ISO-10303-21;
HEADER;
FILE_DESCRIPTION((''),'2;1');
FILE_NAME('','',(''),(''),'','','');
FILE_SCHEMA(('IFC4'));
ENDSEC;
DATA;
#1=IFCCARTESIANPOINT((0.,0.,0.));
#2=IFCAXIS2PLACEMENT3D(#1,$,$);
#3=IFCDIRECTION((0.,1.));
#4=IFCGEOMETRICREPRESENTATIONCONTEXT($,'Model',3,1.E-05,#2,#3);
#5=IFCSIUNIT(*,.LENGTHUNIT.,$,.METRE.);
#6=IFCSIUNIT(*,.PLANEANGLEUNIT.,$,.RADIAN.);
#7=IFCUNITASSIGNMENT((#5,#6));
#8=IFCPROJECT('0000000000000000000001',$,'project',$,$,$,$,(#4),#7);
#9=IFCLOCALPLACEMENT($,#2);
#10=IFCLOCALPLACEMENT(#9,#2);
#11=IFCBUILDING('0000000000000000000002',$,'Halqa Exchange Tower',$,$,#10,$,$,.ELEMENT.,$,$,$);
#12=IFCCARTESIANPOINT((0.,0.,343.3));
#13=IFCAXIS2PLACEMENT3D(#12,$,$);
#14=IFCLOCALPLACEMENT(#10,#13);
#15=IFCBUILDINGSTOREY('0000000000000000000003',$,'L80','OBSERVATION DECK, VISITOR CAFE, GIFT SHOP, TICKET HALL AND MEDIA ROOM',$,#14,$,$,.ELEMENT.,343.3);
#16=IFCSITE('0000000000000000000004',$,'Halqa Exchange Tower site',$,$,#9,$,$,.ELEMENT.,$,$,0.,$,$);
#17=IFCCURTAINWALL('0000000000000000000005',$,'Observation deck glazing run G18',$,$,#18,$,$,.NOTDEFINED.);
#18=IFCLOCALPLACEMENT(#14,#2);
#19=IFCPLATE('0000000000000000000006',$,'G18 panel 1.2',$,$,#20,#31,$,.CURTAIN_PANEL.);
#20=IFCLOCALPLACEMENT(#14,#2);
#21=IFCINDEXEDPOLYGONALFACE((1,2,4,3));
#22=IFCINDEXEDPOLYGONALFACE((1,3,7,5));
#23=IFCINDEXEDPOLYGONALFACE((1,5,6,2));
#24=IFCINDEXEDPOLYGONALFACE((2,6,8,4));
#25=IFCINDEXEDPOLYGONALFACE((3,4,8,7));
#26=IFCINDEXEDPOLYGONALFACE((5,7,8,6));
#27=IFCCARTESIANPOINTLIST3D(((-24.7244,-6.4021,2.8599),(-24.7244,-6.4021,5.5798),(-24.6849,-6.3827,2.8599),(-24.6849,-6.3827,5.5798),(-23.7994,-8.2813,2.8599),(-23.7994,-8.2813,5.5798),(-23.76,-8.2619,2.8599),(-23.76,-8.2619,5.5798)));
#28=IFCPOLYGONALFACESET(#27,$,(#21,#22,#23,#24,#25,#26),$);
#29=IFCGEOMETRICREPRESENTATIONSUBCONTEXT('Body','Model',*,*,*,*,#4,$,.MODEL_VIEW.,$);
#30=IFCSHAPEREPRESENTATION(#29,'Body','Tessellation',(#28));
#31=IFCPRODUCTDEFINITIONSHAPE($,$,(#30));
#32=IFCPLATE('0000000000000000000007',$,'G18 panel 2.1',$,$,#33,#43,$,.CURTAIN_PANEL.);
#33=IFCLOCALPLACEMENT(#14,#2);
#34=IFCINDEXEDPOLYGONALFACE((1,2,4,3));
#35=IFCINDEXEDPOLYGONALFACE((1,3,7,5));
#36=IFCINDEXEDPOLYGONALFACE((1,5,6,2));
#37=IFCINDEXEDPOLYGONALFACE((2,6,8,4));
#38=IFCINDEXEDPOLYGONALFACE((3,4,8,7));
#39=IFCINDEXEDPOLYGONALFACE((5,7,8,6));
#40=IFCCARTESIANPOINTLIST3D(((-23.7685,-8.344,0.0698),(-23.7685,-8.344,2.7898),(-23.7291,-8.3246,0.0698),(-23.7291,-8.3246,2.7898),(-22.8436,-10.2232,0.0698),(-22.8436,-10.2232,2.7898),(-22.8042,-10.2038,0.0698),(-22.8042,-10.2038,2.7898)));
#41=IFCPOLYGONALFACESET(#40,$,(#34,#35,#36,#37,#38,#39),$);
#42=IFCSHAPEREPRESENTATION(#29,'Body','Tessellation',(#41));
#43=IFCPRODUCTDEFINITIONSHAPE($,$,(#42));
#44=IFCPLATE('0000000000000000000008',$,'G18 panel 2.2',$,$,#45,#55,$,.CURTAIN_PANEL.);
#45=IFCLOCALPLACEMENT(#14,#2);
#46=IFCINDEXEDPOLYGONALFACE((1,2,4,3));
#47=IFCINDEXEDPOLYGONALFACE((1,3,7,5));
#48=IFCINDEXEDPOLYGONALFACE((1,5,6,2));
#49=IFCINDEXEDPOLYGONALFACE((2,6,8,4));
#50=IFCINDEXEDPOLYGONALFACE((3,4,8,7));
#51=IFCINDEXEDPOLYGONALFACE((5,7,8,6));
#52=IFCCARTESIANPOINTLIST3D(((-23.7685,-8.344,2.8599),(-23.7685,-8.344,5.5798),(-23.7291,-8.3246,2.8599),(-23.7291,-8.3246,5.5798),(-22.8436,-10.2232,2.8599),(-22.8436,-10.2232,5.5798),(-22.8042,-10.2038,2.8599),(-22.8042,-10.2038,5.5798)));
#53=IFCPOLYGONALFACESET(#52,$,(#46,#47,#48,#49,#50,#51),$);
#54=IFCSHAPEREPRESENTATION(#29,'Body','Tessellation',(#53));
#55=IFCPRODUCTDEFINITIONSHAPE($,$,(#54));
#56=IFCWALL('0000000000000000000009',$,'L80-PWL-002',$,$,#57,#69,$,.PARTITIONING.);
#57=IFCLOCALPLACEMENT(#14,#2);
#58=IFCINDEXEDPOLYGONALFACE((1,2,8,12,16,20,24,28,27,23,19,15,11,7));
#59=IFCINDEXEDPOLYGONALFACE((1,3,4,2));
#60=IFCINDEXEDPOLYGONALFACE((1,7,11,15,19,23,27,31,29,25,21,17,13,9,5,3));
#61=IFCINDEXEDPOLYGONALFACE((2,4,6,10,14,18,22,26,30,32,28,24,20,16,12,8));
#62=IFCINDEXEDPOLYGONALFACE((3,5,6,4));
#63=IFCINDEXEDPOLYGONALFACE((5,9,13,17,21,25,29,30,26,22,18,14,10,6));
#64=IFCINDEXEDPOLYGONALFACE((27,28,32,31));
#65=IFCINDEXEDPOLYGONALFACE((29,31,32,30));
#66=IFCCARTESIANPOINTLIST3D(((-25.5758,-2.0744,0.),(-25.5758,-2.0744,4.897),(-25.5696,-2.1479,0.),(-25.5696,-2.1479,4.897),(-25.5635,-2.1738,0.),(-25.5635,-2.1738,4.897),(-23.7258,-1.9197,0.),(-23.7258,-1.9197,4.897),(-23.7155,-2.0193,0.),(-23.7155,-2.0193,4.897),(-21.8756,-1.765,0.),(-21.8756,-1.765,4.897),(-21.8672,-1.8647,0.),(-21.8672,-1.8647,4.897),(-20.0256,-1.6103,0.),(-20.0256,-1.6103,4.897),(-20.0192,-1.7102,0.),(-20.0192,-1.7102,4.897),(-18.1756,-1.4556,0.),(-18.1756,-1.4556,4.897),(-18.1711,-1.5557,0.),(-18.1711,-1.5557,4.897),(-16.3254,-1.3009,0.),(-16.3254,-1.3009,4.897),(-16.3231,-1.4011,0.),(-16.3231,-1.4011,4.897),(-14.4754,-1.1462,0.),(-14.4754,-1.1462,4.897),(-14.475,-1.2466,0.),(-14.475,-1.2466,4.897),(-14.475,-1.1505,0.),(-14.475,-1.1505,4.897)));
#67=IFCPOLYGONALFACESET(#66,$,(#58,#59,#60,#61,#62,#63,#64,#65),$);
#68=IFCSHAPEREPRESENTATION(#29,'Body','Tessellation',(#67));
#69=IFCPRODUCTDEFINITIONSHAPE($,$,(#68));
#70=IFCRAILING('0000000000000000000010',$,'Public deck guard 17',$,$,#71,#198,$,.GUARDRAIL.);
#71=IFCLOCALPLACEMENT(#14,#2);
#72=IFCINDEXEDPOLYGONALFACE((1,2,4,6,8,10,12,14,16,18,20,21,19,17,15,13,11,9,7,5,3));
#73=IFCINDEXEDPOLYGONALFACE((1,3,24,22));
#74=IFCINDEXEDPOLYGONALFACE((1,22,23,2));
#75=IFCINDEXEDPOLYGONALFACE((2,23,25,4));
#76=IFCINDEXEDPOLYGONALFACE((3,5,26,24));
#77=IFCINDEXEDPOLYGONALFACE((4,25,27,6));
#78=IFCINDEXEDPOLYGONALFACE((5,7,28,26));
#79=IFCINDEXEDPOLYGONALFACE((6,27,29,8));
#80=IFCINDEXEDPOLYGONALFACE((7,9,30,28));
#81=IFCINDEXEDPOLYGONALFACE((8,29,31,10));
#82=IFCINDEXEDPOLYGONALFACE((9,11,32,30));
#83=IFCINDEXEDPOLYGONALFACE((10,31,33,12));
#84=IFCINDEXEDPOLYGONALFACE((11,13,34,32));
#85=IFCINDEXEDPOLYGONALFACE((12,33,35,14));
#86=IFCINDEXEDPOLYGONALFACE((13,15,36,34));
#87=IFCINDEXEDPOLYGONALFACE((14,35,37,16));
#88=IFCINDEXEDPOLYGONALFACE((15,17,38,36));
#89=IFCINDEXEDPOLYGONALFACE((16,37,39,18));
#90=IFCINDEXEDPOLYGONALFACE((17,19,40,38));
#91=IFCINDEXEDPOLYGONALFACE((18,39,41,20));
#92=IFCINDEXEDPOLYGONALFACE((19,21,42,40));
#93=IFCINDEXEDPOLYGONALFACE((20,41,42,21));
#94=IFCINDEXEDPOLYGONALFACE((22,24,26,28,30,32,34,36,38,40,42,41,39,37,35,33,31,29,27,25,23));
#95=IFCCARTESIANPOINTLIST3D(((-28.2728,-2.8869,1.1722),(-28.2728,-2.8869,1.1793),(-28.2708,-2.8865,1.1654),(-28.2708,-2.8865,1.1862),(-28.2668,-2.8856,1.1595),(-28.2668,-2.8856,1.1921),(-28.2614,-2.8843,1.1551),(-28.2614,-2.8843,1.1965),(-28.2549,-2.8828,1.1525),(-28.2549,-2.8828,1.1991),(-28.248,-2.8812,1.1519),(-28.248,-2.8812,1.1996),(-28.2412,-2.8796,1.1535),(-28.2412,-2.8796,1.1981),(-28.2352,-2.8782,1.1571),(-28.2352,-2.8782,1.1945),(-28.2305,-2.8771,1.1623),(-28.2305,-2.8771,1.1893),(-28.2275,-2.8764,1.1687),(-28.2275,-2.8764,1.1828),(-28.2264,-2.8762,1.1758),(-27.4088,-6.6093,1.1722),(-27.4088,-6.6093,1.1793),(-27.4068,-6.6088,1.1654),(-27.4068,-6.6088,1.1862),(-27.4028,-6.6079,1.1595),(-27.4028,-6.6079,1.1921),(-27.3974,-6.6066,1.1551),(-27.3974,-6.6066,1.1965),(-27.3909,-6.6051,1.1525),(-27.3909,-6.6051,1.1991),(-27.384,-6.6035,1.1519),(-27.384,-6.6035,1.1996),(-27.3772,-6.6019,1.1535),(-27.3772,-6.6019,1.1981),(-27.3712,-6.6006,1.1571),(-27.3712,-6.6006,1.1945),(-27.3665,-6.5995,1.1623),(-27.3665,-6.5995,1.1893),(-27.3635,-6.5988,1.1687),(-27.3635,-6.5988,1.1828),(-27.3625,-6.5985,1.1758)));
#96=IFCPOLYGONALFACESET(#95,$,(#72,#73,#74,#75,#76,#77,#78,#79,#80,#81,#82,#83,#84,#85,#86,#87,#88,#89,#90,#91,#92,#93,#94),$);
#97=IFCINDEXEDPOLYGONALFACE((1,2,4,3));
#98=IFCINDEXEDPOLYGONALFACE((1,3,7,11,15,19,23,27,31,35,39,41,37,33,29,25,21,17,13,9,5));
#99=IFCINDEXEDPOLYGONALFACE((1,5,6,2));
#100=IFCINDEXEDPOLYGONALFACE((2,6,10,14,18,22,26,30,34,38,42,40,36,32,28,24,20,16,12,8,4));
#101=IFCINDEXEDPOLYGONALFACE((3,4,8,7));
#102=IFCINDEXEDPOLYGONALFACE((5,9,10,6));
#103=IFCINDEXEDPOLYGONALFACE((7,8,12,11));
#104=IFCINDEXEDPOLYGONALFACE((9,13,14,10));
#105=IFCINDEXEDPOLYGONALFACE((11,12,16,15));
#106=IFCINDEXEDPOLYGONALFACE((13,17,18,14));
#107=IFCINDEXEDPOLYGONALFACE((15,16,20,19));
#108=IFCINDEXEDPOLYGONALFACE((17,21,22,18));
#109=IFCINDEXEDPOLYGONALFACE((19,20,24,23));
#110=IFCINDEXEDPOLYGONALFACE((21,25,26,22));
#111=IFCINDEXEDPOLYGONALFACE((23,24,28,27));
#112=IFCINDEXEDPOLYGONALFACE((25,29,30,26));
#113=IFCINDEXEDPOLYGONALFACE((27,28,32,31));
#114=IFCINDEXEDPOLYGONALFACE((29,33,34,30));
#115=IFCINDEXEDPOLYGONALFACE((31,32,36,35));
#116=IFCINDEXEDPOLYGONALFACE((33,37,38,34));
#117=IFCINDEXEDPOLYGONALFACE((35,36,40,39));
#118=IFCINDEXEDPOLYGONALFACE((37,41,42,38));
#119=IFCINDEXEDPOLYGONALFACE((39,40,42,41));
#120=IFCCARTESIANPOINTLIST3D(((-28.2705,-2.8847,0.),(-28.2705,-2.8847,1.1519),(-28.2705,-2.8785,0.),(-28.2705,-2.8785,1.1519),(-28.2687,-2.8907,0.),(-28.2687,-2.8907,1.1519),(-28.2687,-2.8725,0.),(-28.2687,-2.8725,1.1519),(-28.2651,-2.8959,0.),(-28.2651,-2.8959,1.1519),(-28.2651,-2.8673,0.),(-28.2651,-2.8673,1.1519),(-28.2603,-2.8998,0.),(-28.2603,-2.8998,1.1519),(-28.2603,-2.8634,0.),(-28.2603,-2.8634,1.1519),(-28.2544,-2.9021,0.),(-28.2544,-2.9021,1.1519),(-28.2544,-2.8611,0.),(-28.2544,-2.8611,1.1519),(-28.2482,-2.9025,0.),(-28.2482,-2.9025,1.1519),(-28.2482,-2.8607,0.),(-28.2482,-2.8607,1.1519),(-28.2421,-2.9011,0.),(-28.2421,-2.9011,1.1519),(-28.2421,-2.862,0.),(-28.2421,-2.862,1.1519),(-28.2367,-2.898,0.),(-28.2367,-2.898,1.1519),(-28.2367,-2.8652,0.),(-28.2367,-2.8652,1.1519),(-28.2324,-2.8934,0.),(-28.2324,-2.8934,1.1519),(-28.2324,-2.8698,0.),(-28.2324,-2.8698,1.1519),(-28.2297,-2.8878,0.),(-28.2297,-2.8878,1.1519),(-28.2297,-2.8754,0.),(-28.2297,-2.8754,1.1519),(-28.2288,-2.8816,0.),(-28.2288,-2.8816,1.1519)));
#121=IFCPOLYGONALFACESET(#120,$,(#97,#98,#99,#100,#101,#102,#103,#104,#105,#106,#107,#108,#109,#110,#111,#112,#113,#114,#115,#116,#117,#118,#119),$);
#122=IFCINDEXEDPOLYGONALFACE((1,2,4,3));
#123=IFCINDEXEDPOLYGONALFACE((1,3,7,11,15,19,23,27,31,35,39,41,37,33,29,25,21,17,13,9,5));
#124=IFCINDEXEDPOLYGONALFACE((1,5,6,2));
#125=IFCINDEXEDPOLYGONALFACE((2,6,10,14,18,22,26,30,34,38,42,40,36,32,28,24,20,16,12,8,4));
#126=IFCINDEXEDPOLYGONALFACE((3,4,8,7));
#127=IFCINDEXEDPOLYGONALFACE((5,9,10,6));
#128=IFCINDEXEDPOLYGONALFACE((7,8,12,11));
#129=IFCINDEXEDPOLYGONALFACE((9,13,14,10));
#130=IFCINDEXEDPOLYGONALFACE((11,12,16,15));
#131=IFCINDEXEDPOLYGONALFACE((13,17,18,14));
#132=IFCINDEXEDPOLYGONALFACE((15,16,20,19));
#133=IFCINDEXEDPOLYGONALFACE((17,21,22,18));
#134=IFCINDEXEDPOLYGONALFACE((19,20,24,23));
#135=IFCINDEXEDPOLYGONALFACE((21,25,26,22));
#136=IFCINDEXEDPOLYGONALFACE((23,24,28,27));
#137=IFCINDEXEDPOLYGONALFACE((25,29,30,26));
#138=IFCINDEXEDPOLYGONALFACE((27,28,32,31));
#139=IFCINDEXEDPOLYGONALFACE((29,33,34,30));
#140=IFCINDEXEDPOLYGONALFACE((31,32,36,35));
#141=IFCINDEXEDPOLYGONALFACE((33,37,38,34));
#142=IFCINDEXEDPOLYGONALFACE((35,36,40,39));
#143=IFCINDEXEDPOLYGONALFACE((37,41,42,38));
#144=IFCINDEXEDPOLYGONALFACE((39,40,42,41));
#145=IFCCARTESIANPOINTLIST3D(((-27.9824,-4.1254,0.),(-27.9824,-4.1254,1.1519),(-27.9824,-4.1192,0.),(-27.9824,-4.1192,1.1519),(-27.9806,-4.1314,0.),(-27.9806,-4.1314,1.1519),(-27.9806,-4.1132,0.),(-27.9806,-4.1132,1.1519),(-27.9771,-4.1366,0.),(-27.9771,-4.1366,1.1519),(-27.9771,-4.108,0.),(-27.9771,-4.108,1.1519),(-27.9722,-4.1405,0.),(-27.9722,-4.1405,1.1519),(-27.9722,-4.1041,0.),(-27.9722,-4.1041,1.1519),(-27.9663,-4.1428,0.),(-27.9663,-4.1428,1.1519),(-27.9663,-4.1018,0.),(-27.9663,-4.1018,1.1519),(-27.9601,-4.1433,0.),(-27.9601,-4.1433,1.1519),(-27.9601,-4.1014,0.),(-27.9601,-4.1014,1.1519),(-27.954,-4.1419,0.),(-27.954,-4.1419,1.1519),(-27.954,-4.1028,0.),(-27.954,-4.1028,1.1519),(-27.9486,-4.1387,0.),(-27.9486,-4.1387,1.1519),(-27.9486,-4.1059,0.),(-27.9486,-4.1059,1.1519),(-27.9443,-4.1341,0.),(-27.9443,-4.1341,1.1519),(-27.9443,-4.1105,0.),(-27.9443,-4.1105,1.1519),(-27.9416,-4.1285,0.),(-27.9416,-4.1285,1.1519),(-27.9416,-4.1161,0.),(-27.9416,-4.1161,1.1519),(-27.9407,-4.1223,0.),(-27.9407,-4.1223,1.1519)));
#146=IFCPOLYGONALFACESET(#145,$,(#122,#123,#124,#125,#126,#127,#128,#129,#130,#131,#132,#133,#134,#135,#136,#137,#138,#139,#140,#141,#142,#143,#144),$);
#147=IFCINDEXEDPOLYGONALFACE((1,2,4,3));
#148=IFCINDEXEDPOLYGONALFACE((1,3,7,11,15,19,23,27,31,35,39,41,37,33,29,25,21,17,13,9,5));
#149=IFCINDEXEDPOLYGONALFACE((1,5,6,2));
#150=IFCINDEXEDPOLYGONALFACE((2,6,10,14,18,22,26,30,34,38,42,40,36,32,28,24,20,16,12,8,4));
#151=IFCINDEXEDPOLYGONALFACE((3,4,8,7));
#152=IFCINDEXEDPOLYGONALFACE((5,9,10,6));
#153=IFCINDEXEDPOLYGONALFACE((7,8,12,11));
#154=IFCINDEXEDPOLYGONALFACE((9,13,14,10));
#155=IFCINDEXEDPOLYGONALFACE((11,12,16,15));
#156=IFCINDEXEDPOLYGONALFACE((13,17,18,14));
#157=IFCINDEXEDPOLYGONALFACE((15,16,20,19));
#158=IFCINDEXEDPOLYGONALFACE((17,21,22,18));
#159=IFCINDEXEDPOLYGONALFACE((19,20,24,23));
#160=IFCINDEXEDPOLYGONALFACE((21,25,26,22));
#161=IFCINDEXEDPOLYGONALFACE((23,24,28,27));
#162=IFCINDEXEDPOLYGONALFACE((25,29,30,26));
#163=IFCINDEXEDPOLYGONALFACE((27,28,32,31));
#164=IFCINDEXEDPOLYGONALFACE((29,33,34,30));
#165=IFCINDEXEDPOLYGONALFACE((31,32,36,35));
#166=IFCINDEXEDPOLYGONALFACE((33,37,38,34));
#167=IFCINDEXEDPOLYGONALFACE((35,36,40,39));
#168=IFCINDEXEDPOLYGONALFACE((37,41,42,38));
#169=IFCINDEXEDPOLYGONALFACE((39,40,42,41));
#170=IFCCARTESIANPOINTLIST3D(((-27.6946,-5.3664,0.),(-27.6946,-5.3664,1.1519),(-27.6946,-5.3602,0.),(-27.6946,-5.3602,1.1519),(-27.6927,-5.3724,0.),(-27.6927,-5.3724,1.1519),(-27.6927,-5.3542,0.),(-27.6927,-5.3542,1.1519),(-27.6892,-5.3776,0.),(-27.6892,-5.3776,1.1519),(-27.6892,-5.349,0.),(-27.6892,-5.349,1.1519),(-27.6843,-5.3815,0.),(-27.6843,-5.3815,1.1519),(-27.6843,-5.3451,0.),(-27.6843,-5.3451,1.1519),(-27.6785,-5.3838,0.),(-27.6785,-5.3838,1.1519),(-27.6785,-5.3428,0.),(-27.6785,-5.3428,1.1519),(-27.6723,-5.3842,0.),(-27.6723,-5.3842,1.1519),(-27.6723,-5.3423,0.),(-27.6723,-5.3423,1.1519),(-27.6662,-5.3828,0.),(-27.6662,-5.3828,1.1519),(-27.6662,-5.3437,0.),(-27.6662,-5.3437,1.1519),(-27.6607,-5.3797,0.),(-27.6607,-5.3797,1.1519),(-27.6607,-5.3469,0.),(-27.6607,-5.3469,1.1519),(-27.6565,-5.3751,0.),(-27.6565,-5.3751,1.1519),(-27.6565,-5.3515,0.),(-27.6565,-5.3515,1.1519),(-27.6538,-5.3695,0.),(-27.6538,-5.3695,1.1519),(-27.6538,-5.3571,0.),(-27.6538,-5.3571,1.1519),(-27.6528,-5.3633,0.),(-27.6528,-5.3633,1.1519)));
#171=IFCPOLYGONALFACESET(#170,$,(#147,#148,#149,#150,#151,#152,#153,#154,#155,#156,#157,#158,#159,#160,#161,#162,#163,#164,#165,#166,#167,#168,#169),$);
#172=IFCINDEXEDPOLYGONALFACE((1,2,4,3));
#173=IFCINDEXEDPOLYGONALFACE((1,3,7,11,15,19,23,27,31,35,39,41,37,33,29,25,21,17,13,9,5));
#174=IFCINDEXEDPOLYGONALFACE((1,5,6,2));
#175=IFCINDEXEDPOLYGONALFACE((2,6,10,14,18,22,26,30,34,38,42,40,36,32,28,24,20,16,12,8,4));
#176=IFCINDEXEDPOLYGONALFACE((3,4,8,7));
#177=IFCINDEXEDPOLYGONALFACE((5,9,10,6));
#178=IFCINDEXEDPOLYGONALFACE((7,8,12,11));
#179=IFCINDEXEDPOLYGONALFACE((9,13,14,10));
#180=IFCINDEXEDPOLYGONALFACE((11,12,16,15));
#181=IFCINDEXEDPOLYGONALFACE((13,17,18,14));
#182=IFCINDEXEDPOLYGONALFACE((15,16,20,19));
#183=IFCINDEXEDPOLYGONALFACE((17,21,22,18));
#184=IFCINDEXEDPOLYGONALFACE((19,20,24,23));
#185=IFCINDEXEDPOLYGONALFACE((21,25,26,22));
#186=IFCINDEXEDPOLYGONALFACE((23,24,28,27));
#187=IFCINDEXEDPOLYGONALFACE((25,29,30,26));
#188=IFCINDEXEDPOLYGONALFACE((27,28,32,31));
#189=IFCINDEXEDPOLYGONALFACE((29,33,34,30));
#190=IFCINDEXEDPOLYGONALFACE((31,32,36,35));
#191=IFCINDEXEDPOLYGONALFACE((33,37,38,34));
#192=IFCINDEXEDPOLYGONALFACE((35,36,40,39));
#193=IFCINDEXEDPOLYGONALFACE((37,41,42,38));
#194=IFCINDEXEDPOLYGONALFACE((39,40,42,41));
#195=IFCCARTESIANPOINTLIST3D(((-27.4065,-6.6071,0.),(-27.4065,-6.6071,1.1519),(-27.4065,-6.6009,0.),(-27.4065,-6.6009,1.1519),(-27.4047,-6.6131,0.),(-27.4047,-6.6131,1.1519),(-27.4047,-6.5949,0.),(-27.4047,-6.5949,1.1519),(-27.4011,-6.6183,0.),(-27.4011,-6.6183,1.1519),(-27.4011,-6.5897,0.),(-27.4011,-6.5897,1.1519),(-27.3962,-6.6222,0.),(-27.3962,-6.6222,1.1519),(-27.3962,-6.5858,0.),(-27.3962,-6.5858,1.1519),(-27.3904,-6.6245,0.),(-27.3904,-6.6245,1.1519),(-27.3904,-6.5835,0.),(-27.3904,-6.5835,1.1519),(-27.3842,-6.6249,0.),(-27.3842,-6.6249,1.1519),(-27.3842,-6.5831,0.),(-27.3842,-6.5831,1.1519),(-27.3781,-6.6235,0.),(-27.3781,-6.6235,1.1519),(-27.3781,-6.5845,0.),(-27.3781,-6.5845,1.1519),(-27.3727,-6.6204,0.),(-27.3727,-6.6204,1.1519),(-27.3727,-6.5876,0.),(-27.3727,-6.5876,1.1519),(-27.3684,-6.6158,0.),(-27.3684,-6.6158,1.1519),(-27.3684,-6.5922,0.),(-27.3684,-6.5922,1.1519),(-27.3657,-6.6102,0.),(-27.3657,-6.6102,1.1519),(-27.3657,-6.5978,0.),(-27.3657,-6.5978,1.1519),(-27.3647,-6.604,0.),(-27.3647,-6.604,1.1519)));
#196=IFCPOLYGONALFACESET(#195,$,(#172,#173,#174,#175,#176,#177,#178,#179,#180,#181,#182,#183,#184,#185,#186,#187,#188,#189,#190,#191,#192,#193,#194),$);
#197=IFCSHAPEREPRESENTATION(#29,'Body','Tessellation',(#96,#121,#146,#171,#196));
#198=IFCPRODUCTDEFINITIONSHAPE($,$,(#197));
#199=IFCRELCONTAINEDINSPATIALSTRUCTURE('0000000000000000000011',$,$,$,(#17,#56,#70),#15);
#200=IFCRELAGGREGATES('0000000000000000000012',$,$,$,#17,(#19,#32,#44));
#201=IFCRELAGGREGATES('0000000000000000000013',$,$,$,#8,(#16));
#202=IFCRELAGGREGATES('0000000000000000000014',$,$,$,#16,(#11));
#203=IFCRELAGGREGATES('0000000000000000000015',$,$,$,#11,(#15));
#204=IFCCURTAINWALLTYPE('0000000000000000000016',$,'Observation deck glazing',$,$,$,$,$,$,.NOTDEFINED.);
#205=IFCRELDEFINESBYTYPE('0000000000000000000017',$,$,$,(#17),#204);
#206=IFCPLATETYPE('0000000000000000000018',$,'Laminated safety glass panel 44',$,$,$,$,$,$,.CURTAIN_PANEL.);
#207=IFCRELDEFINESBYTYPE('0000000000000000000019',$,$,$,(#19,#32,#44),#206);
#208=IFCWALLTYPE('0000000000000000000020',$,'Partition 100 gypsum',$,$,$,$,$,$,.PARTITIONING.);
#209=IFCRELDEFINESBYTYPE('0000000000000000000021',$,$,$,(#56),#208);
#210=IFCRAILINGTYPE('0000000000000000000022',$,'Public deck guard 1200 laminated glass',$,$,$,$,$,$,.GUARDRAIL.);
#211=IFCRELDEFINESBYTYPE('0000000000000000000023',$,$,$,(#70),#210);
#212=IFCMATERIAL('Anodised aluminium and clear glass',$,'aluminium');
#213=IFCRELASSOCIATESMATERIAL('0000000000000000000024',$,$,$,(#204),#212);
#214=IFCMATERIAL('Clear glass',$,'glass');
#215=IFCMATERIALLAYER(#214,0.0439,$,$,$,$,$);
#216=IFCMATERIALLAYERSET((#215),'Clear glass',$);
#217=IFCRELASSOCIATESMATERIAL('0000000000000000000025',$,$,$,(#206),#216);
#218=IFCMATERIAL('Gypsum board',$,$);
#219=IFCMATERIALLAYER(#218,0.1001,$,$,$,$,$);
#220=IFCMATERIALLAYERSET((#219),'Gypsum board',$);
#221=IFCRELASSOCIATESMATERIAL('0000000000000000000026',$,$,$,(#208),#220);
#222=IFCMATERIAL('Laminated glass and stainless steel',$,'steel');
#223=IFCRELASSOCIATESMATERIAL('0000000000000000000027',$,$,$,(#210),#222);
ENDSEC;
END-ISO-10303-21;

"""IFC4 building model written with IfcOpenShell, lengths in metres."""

from ifc_helpers import new_model, si_unit, direction, frame, origin, origin_2d, place, context, subcontext, project, spatial, polyline, rectangle, circle, outline, extrude, material, layer, layer_set, type_object, element, aggregate, save


model = new_model("IFC4")

# Units and contexts
model_context = context("Model", 3, precision=1e-05, world=origin(), true_north=direction((0.0, 1.0)))
body_context = subcontext(model_context, "Body", "Model", "MODEL_VIEW")
ifc_project = project(units=[si_unit("LENGTHUNIT", "METRE"), si_unit("PLANEANGLEUNIT", "RADIAN")], contexts=[model_context])

# Site, building, storey
site_placement = place(None, origin())
site = spatial("IfcSite", under=ifc_project, at=site_placement, Name="Halqa Exchange Tower site", CompositionType="ELEMENT", RefElevation=0.0)
building_placement = place(site_placement, origin())
building = spatial("IfcBuilding", under=site, at=building_placement, Name="Halqa Exchange Tower", CompositionType="ELEMENT")
storey_placement = place(building_placement, frame((0.0, 0.0, 343.3)))
storey = spatial("IfcBuildingStorey", under=building, at=storey_placement, Name="L80", Description="OBSERVATION DECK, VISITOR CAFE, GIFT SHOP, TICKET HALL AND MEDIA ROOM", CompositionType="ELEMENT", Elevation=343.3)

# Curtain wall
ifc_material_1 = material(Name="Anodised aluminium and clear glass", Category="aluminium")
curtain_wall_type = type_object("IfcCurtainWallType", Name="Observation deck glazing", PredefinedType="NOTDEFINED", material=ifc_material_1)
curtain_wall_1_placement = place(storey_placement, origin())
curtain_wall_1 = element("IfcCurtainWall", 1, at=curtain_wall_1_placement, inside=storey, type_object=curtain_wall_type, Name="Observation deck glazing run G18", PredefinedType="NOTDEFINED")

# Plates
ifc_material_2 = material(Name="Clear glass", Category="glass")
ifc_layer_1 = layer(ifc_material_2, 0.0439)
ifc_layer_set_1 = layer_set([ifc_layer_1], Name="Clear glass")
plate_type = type_object("IfcPlateType", Name="Laminated safety glass panel 44", PredefinedType="CURTAIN_PANEL", material=ifc_layer_set_1)
plate_1_placement = place(storey_placement, frame((-24.2422, -7.332, 2.8599), z_axis=(0.0, 0.0, 1.0), x_axis=(0.441595, -0.897215, 0.0)))
plate_1 = element("IfcPlate", 2, at=plate_1_placement, type_object=plate_type, Name="G18 panel 1.2", PredefinedType="CURTAIN_PANEL", context=body_context, shape_type="SweptSolid", body=[
    extrude(rectangle(XDim=2.0945, YDim=0.0439, at=origin_2d()), origin(), (0.0, 0.0, 1.0), 2.72),
])
plate_2_placement = place(storey_placement, frame((-23.2864, -9.2739, 0.0698), z_axis=(0.0, 0.0, 1.0), x_axis=(0.441595, -0.897215, 0.0)))
plate_2 = element("IfcPlate", 3, at=plate_2_placement, type_object=plate_type, Name="G18 panel 2.1", PredefinedType="CURTAIN_PANEL", context=body_context, shape_type="SweptSolid", body=[
    extrude(rectangle(XDim=2.0945, YDim=0.0439, at=origin_2d()), origin(), (0.0, 0.0, 1.0), 2.72),
])
plate_3_placement = place(storey_placement, frame((-23.2864, -9.2739, 2.8599), z_axis=(0.0, 0.0, 1.0), x_axis=(0.441595, -0.897215, 0.0)))
plate_3 = element("IfcPlate", 4, at=plate_3_placement, type_object=plate_type, Name="G18 panel 2.2", PredefinedType="CURTAIN_PANEL", context=body_context, shape_type="SweptSolid", body=[
    extrude(rectangle(XDim=2.0945, YDim=0.0439, at=origin_2d()), origin(), (0.0, 0.0, 1.0), 2.72),
])
aggregate(curtain_wall_1, [plate_1, plate_2, plate_3])

# Wall
ifc_material_3 = material(Name="Gypsum board")
ifc_layer_2 = layer(ifc_material_3, 0.1001)
ifc_layer_set_2 = layer_set([ifc_layer_2], Name="Gypsum board")
wall_type = type_object("IfcWallType", Name="Partition 100 gypsum", PredefinedType="PARTITIONING", material=ifc_layer_set_2)
wall_placement = place(storey_placement, frame((-14.4712, -1.196, 0.0), z_axis=(0.0, 0.0, 1.0), x_axis=(-0.996522, -0.08333, 0.0)))
element("IfcWall", 5, at=wall_placement, inside=storey, type_object=wall_type, Name="L80-PWL-002", PredefinedType="PARTITIONING", context=body_context, shape_type="SweptSolid", body=[
    extrude(outline(polyline([(11.1392, -0.05), (11.1392, 0.0237), (11.1353, 0.05), (9.2808, 0.05), (7.426, 0.05), (5.5715, 0.05), (3.717, 0.05), (1.8625, 0.05), (0.0081, 0.05), (0.0, -0.0457), (0.0, -0.05), (1.8564, -0.05), (3.7131, -0.05), (5.5696, -0.05), (7.426, -0.05), (9.2827, -0.05), (11.1392, -0.05)])), origin(), (0.0, 0.0, 1.0), 4.897),
])

# Railing
ifc_material_4 = material(Name="Laminated glass and stainless steel", Category="steel")
railing_type = type_object("IfcRailingType", Name="Public deck guard 1200 laminated glass", PredefinedType="GUARDRAIL", material=ifc_material_4)
railing_1_placement = place(storey_placement, frame((-28.2498, -2.8816, 0.0)))
element("IfcRailing", 6, at=railing_1_placement, inside=storey, type_object=railing_type, Name="Public deck guard 17", PredefinedType="GUARDRAIL", context=body_context, shape_type="SweptSolid", body=[
    extrude(circle(Radius=0.0239, at=origin_2d()), frame((0.0, 0.0, 1.1758), z_axis=(0.2261, -0.974104, 0.0), x_axis=(0.974104, 0.2261, 0.0)), (0.0, 0.0, 1.0), 3.8213),
    extrude(circle(Radius=0.021, at=origin_2d()), origin(), (0.0, 0.0, 1.0), 1.1519),
    extrude(circle(Radius=0.021, at=origin_2d()), frame((0.2881, -1.2407, 0.0)), (0.0, 0.0, 1.0), 1.1519),
    extrude(circle(Radius=0.021, at=origin_2d()), frame((0.5759, -2.4817, 0.0)), (0.0, 0.0, 1.0), 1.1519),
    extrude(circle(Radius=0.021, at=origin_2d()), frame((0.864, -3.7224, 0.0)), (0.0, 0.0, 1.0), 1.1519),
])

save(model, "model.ifc")
